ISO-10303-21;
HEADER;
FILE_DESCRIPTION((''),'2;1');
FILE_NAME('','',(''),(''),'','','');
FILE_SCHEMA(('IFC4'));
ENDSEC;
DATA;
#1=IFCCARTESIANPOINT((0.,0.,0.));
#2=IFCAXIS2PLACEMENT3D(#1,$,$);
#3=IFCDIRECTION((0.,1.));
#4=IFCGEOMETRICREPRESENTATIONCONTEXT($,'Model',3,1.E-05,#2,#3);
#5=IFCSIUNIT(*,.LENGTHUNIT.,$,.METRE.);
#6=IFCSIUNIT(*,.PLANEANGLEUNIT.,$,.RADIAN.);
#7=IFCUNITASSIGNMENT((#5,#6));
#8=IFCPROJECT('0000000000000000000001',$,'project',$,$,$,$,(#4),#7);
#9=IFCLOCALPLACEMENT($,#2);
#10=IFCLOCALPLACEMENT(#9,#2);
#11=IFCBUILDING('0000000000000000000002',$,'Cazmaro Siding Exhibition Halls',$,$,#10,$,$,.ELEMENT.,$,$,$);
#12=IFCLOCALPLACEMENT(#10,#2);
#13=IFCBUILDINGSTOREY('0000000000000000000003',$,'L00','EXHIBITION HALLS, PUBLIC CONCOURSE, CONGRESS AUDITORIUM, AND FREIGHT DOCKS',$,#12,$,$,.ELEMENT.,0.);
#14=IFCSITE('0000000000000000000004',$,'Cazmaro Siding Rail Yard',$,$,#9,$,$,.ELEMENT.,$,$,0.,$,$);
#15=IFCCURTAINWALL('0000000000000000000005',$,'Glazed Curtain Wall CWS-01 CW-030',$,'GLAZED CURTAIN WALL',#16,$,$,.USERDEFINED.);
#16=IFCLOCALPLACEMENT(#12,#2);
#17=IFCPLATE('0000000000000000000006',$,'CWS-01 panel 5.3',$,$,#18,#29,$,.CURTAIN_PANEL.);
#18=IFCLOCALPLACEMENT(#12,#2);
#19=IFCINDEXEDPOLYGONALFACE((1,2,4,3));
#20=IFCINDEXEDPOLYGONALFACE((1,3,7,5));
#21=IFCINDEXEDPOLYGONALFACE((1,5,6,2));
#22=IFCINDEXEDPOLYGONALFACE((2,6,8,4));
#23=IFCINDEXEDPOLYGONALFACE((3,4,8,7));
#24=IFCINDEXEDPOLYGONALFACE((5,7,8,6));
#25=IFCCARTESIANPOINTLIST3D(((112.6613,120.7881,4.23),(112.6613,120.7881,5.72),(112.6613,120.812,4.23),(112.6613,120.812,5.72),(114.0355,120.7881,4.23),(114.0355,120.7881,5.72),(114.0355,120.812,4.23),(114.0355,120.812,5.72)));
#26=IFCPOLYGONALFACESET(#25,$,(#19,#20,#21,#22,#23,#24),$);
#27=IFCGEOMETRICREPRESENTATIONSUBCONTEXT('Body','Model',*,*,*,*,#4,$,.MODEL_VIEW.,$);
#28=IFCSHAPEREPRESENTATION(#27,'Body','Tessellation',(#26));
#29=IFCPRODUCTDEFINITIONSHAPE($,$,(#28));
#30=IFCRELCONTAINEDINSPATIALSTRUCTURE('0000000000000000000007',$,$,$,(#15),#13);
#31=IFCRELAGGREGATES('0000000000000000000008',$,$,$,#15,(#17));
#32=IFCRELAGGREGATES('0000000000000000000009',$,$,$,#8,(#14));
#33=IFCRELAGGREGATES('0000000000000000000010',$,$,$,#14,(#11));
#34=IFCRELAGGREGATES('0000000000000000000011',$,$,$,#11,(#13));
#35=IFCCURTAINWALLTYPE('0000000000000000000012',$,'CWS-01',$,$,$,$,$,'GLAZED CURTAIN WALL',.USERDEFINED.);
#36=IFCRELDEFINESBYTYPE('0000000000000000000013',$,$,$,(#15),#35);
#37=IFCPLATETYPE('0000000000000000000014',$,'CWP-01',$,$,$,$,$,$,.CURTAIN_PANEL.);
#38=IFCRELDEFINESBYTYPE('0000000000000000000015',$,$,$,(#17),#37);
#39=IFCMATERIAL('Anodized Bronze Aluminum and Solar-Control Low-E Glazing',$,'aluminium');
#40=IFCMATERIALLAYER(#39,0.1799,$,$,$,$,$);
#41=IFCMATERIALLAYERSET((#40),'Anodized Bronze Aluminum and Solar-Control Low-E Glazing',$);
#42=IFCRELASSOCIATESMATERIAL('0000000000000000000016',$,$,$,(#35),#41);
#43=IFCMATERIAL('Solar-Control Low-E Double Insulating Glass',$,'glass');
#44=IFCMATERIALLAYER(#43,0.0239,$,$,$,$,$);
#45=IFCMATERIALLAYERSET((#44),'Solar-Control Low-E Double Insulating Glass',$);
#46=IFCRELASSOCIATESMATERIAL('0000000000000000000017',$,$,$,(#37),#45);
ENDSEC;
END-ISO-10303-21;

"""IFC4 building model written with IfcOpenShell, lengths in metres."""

from ifc_helpers import new_model, si_unit, direction, frame, origin, origin_2d, place, context, subcontext, project, spatial, rectangle, extrude, material, layer, layer_set, type_object, element, aggregate, save


model = new_model("IFC4")

# Units and contexts
model_context = context("Model", 3, precision=1e-05, world=origin(), true_north=direction((0.0, 1.0)))
body_context = subcontext(model_context, "Body", "Model", "MODEL_VIEW")
ifc_project = project(units=[si_unit("LENGTHUNIT", "METRE"), si_unit("PLANEANGLEUNIT", "RADIAN")], contexts=[model_context])

# Site, building, storey
site_placement = place(None, origin())
site = spatial("IfcSite", under=ifc_project, at=site_placement, Name="Cazmaro Siding Rail Yard", CompositionType="ELEMENT", RefElevation=0.0)
building_placement = place(site_placement, origin())
building = spatial("IfcBuilding", under=site, at=building_placement, Name="Cazmaro Siding Exhibition Halls", CompositionType="ELEMENT")
storey_placement = place(building_placement, origin())
storey = spatial("IfcBuildingStorey", under=building, at=storey_placement, Name="L00", Description="EXHIBITION HALLS, PUBLIC CONCOURSE, CONGRESS AUDITORIUM, AND FREIGHT DOCKS", CompositionType="ELEMENT", Elevation=0.0)

# Curtain wall, plate
ifc_material_1 = material(Name="Anodized Bronze Aluminum and Solar-Control Low-E Glazing", Category="aluminium")
ifc_layer_1 = layer(ifc_material_1, 0.1799)
ifc_layer_set_1 = layer_set([ifc_layer_1], Name="Anodized Bronze Aluminum and Solar-Control Low-E Glazing")
curtain_wall_type = type_object("IfcCurtainWallType", Name="CWS-01", ElementType="GLAZED CURTAIN WALL", PredefinedType="USERDEFINED", material=ifc_layer_set_1)
curtain_wall_placement = place(storey_placement, origin())
curtain_wall = element("IfcCurtainWall", 1, at=curtain_wall_placement, inside=storey, type_object=curtain_wall_type, Name="Glazed Curtain Wall CWS-01 CW-030", ObjectType="GLAZED CURTAIN WALL", PredefinedType="USERDEFINED")
ifc_material_2 = material(Name="Solar-Control Low-E Double Insulating Glass", Category="glass")
ifc_layer_2 = layer(ifc_material_2, 0.0239)
ifc_layer_set_2 = layer_set([ifc_layer_2], Name="Solar-Control Low-E Double Insulating Glass")
plate_type = type_object("IfcPlateType", Name="CWP-01", PredefinedType="CURTAIN_PANEL", material=ifc_layer_set_2)
plate_1_placement = place(storey_placement, frame((113.3484, 120.8, 4.23), z_axis=(0.0, 0.0, 1.0), x_axis=(-1.0, 0.0, 0.0)))
plate_1 = element("IfcPlate", 2, at=plate_1_placement, type_object=plate_type, Name="CWS-01 panel 5.3", PredefinedType="CURTAIN_PANEL", context=body_context, shape_type="SweptSolid", body=[
    extrude(rectangle(XDim=1.3743, YDim=0.0239, at=origin_2d()), origin(), (0.0, 0.0, 1.0), 1.49),
])
aggregate(curtain_wall, [plate_1])

save(model, "model.ifc")
